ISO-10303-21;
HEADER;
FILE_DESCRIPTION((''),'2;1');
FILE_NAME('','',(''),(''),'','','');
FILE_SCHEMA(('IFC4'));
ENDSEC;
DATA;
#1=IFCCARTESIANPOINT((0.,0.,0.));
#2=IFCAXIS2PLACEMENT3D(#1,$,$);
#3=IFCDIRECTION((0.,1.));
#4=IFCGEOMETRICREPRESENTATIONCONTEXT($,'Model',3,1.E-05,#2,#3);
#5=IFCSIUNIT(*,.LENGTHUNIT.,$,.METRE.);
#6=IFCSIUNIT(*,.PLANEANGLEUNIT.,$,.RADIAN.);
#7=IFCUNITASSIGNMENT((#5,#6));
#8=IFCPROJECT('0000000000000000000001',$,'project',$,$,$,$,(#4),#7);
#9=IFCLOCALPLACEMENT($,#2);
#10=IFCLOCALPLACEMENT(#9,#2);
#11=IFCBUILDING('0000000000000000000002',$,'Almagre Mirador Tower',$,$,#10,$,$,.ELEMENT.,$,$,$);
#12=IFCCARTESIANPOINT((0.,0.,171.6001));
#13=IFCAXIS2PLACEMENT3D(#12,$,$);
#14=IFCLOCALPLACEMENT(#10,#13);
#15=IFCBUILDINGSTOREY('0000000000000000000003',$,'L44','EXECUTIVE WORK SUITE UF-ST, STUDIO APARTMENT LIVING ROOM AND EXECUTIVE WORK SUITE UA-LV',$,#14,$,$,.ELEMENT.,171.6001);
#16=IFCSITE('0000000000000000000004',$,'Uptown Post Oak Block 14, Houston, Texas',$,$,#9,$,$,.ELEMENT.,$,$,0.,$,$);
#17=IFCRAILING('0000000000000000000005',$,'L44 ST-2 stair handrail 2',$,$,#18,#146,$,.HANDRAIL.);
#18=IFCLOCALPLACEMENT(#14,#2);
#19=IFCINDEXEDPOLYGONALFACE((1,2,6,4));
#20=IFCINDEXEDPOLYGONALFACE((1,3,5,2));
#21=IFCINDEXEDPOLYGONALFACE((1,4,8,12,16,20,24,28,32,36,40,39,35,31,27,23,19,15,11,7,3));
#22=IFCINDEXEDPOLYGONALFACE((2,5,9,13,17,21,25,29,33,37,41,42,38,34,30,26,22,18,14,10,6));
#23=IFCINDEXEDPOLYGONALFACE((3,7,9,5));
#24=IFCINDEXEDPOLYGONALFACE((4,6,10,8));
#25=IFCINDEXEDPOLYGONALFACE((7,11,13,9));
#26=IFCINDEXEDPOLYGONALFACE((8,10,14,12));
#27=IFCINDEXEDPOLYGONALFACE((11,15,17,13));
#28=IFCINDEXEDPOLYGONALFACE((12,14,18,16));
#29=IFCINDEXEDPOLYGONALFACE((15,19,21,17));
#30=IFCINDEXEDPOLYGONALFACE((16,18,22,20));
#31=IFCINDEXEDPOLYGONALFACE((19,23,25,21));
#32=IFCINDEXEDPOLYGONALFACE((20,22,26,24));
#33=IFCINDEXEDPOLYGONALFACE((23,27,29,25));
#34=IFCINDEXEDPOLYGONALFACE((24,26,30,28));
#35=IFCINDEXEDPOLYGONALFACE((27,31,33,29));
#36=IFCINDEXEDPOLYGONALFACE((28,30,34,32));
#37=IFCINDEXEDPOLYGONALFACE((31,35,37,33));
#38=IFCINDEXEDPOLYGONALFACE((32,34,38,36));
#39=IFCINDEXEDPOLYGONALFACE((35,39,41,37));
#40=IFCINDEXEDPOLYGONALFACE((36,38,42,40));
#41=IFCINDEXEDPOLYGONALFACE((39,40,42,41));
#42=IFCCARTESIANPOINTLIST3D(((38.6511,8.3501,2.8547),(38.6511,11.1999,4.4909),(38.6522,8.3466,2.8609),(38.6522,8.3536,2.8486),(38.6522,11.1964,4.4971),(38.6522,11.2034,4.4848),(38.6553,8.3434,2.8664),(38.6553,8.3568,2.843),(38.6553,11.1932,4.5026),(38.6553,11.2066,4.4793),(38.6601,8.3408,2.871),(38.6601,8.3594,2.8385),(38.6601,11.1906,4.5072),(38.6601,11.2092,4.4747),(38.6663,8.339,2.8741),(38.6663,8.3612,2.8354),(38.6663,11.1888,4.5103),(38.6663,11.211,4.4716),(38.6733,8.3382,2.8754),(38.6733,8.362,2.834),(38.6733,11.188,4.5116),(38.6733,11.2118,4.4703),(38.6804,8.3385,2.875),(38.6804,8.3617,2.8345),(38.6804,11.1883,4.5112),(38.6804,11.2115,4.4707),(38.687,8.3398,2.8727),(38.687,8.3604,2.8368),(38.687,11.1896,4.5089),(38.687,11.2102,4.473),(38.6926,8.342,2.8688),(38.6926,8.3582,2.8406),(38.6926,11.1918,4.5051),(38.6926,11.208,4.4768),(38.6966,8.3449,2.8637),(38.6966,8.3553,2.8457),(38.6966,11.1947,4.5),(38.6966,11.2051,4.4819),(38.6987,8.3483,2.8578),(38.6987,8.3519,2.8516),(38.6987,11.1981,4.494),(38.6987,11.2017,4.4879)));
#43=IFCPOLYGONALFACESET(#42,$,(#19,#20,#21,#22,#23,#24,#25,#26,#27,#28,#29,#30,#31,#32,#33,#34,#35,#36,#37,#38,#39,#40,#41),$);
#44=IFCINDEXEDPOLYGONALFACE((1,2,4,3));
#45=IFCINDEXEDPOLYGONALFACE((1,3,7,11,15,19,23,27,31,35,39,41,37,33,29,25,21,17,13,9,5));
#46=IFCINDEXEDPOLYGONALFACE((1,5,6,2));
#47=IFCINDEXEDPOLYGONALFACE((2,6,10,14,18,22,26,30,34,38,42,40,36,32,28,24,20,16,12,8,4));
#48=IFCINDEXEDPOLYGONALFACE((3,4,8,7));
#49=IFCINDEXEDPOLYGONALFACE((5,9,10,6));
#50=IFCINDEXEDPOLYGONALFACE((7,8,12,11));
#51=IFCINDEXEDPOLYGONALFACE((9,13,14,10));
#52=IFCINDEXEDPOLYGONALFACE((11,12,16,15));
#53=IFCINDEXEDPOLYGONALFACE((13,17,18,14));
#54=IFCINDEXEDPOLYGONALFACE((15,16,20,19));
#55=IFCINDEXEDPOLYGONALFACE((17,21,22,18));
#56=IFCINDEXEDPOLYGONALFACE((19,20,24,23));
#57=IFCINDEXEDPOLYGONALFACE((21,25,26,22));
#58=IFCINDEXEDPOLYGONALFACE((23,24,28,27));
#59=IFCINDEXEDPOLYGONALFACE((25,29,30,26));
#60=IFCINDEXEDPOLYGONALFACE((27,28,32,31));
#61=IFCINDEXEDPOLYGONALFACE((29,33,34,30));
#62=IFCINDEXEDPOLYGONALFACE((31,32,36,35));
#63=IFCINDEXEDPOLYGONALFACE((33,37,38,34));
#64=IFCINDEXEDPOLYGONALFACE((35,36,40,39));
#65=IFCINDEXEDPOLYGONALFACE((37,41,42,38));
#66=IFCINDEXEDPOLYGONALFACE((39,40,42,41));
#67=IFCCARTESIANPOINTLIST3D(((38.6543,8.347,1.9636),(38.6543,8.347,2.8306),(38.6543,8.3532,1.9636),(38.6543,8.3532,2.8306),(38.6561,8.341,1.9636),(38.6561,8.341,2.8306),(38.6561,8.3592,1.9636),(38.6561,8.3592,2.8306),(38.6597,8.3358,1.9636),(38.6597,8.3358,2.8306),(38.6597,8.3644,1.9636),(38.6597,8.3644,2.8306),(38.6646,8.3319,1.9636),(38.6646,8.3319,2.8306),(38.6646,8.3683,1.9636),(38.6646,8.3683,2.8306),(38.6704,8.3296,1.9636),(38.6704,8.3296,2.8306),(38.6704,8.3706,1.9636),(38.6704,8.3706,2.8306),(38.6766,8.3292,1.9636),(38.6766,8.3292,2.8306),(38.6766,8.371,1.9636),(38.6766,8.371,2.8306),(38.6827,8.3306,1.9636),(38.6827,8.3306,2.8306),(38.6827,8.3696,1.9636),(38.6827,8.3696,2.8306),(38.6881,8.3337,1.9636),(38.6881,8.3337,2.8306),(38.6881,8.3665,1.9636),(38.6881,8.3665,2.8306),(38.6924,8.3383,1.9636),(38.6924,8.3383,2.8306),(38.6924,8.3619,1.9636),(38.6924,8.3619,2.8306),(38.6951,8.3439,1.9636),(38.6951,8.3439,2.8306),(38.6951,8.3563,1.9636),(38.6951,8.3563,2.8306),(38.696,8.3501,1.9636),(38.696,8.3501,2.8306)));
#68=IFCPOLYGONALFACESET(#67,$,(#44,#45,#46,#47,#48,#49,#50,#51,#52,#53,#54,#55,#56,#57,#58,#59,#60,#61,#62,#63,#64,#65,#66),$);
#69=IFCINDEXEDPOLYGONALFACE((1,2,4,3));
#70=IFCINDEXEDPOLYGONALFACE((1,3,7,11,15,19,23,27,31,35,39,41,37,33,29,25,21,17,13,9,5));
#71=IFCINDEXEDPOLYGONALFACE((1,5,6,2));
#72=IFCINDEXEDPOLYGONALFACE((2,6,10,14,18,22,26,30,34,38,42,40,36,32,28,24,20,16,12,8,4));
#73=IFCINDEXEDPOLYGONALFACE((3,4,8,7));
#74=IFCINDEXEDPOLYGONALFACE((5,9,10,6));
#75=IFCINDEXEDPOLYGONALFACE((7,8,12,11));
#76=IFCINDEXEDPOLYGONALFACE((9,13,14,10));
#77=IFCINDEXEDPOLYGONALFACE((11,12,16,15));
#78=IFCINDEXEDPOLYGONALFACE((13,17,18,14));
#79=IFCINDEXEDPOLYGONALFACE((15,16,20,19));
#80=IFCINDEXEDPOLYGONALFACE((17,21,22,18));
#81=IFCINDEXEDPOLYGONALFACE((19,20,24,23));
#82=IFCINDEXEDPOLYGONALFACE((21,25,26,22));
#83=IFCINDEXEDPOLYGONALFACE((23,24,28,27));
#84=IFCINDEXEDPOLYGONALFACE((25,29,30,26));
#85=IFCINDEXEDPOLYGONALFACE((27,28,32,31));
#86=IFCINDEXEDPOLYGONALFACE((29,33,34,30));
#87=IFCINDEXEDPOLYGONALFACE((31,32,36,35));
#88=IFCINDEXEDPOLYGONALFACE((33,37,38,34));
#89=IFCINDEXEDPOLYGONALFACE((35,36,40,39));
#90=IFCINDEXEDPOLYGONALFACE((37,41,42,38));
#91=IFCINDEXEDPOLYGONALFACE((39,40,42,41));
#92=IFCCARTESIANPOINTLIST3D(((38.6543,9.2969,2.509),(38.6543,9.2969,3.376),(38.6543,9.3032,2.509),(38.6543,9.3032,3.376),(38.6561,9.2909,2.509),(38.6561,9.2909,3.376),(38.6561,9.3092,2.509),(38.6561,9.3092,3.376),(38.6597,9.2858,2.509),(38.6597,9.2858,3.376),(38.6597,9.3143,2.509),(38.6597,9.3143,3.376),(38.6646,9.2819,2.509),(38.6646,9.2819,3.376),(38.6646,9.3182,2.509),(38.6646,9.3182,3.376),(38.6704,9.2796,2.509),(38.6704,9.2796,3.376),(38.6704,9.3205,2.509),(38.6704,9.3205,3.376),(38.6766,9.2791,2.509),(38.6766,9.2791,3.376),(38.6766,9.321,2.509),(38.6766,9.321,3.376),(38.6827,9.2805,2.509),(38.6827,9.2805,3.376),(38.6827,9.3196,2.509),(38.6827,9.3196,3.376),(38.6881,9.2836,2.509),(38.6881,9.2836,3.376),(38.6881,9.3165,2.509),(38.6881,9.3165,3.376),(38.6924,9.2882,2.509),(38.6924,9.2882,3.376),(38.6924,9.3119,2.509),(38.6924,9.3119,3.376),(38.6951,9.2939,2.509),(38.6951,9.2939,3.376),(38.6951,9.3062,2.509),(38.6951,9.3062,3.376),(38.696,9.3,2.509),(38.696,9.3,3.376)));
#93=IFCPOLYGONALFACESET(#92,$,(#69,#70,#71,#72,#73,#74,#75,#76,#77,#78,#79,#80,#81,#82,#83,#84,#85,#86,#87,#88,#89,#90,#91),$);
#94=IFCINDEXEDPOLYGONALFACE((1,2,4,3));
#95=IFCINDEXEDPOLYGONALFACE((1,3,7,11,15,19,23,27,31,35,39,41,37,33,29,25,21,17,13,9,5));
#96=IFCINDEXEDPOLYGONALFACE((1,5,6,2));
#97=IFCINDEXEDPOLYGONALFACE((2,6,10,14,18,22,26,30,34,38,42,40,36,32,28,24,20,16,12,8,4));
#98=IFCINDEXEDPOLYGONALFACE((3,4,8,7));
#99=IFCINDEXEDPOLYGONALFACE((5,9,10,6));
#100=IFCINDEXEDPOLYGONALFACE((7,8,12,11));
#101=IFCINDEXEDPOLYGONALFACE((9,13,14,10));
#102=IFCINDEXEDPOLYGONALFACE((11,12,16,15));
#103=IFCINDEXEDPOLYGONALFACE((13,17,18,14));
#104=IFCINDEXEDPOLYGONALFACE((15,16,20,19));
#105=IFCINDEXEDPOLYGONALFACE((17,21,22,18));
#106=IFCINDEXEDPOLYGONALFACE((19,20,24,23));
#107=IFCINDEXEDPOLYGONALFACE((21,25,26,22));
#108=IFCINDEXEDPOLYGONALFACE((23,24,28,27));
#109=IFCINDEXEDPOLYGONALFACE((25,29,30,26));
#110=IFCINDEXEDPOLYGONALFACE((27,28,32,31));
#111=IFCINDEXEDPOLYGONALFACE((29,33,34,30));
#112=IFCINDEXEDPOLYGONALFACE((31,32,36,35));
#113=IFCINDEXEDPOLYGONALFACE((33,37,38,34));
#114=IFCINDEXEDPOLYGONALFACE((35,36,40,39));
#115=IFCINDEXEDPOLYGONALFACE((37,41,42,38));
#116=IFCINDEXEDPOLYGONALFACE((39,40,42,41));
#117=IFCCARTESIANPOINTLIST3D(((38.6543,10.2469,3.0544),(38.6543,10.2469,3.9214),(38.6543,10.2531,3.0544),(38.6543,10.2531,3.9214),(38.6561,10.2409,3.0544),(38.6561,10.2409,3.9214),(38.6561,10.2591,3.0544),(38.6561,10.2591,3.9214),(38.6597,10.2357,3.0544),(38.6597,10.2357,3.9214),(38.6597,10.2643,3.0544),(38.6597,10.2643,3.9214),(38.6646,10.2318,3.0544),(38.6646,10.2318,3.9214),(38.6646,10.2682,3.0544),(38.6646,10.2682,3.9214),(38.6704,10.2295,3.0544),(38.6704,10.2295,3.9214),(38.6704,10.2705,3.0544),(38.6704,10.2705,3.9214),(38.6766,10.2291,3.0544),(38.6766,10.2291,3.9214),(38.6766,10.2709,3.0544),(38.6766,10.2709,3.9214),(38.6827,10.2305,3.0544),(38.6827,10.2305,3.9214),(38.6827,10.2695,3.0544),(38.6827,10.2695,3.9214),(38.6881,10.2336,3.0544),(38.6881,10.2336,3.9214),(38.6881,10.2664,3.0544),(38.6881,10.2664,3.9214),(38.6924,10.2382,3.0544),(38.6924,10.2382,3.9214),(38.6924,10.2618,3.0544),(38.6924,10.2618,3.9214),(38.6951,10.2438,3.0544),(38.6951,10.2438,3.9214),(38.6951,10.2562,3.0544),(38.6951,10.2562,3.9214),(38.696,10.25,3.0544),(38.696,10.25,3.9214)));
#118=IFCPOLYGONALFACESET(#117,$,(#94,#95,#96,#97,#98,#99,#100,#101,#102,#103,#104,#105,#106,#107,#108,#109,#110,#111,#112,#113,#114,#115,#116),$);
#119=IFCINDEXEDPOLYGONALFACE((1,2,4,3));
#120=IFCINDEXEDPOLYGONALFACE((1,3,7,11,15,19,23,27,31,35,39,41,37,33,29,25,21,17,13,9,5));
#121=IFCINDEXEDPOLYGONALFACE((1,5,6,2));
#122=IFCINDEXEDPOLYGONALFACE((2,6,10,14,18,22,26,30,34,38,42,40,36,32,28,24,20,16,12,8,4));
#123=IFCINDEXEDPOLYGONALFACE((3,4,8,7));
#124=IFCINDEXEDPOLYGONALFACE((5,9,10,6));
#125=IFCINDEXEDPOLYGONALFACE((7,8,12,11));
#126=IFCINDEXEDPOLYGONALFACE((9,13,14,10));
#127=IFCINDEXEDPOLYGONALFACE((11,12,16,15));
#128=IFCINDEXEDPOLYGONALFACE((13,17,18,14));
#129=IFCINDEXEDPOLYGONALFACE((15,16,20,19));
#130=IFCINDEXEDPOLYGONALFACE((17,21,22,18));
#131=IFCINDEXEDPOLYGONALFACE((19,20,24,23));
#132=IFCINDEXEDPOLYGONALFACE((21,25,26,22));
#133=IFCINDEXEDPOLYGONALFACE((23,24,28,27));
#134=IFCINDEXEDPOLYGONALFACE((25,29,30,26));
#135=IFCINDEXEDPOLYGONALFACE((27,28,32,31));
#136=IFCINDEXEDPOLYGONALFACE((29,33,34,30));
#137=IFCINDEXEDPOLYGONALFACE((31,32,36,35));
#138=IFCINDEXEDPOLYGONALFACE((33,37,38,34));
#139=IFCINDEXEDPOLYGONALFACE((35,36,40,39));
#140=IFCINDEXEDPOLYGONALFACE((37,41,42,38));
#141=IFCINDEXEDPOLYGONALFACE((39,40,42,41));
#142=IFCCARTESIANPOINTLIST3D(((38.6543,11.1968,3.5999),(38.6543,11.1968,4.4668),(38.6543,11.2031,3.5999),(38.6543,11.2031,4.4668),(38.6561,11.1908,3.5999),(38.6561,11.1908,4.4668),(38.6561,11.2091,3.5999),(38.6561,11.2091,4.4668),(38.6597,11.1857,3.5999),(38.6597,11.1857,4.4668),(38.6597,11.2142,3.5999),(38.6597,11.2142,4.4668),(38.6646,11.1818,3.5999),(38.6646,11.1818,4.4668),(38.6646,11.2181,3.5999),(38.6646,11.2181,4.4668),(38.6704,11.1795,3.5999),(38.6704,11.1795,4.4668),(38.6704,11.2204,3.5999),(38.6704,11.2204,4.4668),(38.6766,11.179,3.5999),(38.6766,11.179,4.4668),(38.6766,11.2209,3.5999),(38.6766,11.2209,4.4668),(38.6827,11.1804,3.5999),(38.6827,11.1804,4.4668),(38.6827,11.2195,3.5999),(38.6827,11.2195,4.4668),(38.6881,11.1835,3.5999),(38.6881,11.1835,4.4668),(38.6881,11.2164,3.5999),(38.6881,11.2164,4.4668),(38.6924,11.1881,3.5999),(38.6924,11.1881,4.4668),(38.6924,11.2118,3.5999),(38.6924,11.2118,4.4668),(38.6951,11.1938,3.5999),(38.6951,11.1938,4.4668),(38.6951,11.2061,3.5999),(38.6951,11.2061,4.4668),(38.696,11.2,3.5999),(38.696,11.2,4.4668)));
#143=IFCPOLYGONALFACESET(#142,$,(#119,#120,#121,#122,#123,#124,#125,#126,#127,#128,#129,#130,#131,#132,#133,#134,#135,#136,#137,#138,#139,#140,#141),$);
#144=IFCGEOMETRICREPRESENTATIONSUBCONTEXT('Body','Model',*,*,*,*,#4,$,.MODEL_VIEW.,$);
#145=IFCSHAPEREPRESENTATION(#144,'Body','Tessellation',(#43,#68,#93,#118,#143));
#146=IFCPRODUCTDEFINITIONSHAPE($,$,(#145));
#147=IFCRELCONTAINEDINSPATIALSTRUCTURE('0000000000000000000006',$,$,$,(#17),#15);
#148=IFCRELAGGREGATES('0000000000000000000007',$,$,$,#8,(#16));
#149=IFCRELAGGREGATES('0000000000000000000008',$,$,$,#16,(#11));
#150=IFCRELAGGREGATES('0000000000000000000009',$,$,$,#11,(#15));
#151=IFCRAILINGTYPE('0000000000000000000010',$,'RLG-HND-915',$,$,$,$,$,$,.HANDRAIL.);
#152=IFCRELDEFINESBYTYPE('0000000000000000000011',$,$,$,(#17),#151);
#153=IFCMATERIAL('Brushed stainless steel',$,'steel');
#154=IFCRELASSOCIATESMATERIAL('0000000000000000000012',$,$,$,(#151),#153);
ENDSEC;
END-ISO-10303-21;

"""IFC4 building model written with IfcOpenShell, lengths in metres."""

from ifc_helpers import new_model, si_unit, direction, frame, origin, origin_2d, place, context, subcontext, project, spatial, circle, extrude, material, type_object, element, save


model = new_model("IFC4")

# Units and contexts
model_context = context("Model", 3, precision=1e-05, world=origin(), true_north=direction((0.0, 1.0)))
body_context = subcontext(model_context, "Body", "Model", "MODEL_VIEW")
ifc_project = project(units=[si_unit("LENGTHUNIT", "METRE"), si_unit("PLANEANGLEUNIT", "RADIAN")], contexts=[model_context])

# Site, building, storey
site_placement = place(None, origin())
site = spatial("IfcSite", under=ifc_project, at=site_placement, Name="Uptown Post Oak Block 14, Houston, Texas", CompositionType="ELEMENT", RefElevation=0.0)
building_placement = place(site_placement, origin())
building = spatial("IfcBuilding", under=site, at=building_placement, Name="Almagre Mirador Tower", CompositionType="ELEMENT")
storey_placement = place(building_placement, frame((0.0, 0.0, 171.6001)))
storey = spatial("IfcBuildingStorey", under=building, at=storey_placement, Name="L44", Description="EXECUTIVE WORK SUITE UF-ST, STUDIO APARTMENT LIVING ROOM AND EXECUTIVE WORK SUITE UA-LV", CompositionType="ELEMENT", Elevation=171.6001)

# Railing
ifc_material_1 = material(Name="Brushed stainless steel", Category="steel")
railing_type_1 = type_object("IfcRailingType", Name="RLG-HND-915", PredefinedType="HANDRAIL", material=ifc_material_1)
railing_1_placement = place(storey_placement, frame((38.675, 8.3501, 1.9636)))
element("IfcRailing", 1, at=railing_1_placement, inside=storey, type_object=railing_type_1, Name="L44 ST-2 stair handrail 2", PredefinedType="HANDRAIL", context=body_context, shape_type="SweptSolid", body=[
    extrude(circle(Radius=0.0239, at=origin_2d()), frame((0.0, 0.0, 0.8911), z_axis=(0.0, 0.867226, 0.497914), x_axis=(-1.0, 0.0, 0.0)), (0.0, 0.0, 1.0), 3.2861),
    extrude(circle(Radius=0.021, at=origin_2d()), origin(), (0.0, 0.0, 1.0), 0.8669),
    extrude(circle(Radius=0.021, at=origin_2d()), frame((0.0, 0.95, 0.5454)), (0.0, 0.0, 1.0), 0.8669),
    extrude(circle(Radius=0.021, at=origin_2d()), frame((0.0, 1.8999, 1.0908)), (0.0, 0.0, 1.0), 0.8669),
    extrude(circle(Radius=0.021, at=origin_2d()), frame((0.0, 2.8499, 1.6362)), (0.0, 0.0, 1.0), 0.8669),
])

save(model, "model.ifc")
